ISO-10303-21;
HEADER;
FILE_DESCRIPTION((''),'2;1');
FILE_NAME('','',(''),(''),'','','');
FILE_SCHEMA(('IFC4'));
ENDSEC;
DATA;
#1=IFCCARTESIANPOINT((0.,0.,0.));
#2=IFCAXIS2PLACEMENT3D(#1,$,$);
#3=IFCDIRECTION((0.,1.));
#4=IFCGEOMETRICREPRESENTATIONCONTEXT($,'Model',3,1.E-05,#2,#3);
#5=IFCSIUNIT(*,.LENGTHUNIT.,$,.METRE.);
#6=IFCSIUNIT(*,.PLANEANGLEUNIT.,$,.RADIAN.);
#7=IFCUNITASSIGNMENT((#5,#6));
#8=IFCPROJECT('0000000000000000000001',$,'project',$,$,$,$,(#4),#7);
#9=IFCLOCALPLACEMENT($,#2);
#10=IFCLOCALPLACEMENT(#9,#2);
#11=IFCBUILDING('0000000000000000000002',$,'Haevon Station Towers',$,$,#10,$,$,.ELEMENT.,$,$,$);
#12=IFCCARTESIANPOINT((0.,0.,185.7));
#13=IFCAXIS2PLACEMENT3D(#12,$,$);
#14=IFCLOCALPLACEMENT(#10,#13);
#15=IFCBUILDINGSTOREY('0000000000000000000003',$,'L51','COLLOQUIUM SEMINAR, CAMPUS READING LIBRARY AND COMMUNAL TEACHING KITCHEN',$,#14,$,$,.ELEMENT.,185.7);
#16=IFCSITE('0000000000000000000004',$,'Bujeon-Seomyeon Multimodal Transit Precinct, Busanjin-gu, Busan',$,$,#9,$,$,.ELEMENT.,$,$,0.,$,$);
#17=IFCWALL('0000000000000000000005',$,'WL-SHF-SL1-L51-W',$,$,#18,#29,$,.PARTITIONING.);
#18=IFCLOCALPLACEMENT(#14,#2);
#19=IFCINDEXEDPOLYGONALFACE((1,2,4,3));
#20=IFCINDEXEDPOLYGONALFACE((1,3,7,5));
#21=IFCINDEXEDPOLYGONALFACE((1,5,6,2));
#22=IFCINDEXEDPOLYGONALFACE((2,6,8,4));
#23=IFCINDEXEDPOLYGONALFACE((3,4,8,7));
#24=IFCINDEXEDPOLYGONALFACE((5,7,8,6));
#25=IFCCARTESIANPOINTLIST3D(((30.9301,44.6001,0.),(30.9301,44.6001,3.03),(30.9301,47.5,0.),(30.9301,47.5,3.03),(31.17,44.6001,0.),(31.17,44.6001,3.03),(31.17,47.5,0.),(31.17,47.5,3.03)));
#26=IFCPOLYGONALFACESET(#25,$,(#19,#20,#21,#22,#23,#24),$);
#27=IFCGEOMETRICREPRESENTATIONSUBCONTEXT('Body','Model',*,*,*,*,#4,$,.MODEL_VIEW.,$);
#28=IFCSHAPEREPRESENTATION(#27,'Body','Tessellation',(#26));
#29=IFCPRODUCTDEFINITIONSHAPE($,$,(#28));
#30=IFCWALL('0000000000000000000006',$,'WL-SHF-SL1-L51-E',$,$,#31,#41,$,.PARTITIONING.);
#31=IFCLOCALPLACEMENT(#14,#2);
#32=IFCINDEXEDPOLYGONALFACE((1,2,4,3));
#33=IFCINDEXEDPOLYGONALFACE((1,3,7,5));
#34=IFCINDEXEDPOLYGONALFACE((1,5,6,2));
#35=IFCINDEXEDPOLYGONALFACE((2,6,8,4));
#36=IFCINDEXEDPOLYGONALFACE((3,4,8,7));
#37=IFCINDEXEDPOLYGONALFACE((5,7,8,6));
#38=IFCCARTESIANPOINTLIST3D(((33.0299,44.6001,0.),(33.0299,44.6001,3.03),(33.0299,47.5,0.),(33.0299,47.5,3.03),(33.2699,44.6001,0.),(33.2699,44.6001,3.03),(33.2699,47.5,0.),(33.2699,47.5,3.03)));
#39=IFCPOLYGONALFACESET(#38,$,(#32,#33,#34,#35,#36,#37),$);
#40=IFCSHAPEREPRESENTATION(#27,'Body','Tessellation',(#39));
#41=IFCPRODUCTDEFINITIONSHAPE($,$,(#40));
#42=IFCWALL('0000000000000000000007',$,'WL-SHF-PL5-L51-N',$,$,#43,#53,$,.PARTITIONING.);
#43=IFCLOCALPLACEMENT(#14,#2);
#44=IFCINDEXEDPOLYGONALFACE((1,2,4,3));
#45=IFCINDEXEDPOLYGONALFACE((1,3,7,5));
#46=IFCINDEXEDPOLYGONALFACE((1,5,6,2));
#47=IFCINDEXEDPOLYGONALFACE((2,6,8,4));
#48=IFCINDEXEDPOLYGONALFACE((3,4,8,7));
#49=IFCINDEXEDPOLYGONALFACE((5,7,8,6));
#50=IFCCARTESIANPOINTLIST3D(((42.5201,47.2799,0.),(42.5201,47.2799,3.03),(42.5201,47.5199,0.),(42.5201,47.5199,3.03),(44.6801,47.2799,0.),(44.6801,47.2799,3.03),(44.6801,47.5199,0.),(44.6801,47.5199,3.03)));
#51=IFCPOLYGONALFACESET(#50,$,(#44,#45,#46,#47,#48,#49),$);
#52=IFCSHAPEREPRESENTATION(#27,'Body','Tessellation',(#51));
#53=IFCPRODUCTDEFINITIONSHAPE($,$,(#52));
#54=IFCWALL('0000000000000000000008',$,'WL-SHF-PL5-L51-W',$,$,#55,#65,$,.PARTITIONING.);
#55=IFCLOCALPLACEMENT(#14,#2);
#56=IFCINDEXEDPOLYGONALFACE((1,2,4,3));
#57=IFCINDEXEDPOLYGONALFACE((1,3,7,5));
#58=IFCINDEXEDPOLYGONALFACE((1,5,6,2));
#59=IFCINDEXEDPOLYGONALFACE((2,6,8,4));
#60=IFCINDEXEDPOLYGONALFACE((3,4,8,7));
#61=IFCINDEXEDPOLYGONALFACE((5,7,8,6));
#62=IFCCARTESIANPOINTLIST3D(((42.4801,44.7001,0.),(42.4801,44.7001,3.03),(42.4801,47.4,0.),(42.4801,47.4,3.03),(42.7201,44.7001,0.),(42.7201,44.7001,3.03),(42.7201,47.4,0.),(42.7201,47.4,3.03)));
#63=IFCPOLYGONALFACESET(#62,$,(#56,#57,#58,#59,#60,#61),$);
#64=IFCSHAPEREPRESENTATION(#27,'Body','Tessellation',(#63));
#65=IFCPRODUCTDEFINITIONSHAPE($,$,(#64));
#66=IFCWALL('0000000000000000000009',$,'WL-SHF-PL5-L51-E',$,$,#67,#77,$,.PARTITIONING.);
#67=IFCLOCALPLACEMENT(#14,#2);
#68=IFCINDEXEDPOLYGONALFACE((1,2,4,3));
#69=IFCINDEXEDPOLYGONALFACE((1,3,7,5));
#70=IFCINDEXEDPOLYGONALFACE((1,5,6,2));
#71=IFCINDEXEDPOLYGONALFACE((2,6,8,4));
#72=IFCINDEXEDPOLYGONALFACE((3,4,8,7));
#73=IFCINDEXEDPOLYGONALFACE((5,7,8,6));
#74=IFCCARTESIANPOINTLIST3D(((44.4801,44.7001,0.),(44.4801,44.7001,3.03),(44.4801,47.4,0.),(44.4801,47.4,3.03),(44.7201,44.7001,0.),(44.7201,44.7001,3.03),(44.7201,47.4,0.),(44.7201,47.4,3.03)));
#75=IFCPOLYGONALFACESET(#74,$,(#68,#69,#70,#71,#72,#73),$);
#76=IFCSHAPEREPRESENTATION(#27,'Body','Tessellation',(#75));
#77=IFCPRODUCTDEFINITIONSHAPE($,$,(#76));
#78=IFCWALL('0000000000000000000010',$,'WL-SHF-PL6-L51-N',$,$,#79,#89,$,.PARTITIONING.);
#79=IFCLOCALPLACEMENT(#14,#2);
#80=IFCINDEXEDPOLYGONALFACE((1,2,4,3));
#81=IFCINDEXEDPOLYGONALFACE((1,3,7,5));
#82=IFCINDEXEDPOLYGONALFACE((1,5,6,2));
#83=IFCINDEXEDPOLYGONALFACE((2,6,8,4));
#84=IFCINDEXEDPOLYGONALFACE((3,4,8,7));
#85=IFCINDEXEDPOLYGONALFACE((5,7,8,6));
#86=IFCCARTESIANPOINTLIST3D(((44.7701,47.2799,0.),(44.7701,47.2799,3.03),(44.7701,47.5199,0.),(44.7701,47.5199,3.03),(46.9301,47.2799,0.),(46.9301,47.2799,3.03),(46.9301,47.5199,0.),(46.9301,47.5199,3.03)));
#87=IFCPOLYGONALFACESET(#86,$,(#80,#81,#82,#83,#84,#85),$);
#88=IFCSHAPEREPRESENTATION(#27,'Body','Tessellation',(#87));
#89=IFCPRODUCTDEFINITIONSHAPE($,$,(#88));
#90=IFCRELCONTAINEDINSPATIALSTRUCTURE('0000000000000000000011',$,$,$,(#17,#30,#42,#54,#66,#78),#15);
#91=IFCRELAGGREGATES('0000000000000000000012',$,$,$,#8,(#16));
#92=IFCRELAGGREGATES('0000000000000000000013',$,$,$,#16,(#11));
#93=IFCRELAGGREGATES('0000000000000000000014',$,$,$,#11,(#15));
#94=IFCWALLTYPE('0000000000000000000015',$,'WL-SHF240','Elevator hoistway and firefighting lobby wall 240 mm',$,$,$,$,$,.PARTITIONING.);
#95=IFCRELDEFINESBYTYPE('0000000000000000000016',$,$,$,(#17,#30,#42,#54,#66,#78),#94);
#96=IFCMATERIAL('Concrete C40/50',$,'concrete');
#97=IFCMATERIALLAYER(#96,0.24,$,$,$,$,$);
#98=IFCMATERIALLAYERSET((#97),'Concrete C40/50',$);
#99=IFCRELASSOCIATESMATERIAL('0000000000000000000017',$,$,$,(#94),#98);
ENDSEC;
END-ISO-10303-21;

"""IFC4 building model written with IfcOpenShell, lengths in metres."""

from ifc_helpers import new_model, si_unit, direction, frame, frame_2d, origin, place, context, subcontext, project, spatial, rectangle, extrude, material, layer, layer_set, type_object, element, save


model = new_model("IFC4")

# Units and contexts
model_context = context("Model", 3, precision=1e-05, world=origin(), true_north=direction((0.0, 1.0)))
body_context = subcontext(model_context, "Body", "Model", "MODEL_VIEW")
ifc_project = project(units=[si_unit("LENGTHUNIT", "METRE"), si_unit("PLANEANGLEUNIT", "RADIAN")], contexts=[model_context])

# Site, building, storey
site_placement = place(None, origin())
site = spatial("IfcSite", under=ifc_project, at=site_placement, Name="Bujeon-Seomyeon Multimodal Transit Precinct, Busanjin-gu, Busan", CompositionType="ELEMENT", RefElevation=0.0)
building_placement = place(site_placement, origin())
building = spatial("IfcBuilding", under=site, at=building_placement, Name="Haevon Station Towers", CompositionType="ELEMENT")
storey_placement = place(building_placement, frame((0.0, 0.0, 185.7)))
storey = spatial("IfcBuildingStorey", under=building, at=storey_placement, Name="L51", Description="COLLOQUIUM SEMINAR, CAMPUS READING LIBRARY AND COMMUNAL TEACHING KITCHEN", CompositionType="ELEMENT", Elevation=185.7)

# Shared definitions
ifc_material_1 = material(Name="Concrete C40/50", Category="concrete")
ifc_layer_1 = layer(ifc_material_1, 0.24)
ifc_layer_set_1 = layer_set([ifc_layer_1], Name="Concrete C40/50")
wall_type_1 = type_object("IfcWallType", Name="WL-SHF240", Description="Elevator hoistway and firefighting lobby wall 240 mm", PredefinedType="PARTITIONING", material=ifc_layer_set_1)

# Walls
for number, where, z_axis, x_axis, name in (
    (1, (31.05, 44.6001, 0.0), (0.0, 0.0, 1.0), (0.0, 1.0, 0.0), "WL-SHF-SL1-L51-W"),
    (2, (33.1499, 44.6001, 0.0), (0.0, 0.0, 1.0), (0.0, 1.0, 0.0), "WL-SHF-SL1-L51-E"),
):
    element("IfcWall", number, at=place(storey_placement, frame(where, z_axis=z_axis, x_axis=x_axis)), inside=storey, type_object=wall_type_1, Name=name, PredefinedType="PARTITIONING", context=body_context, shape_type="SweptSolid", body=[
        extrude(rectangle(XDim=2.8999, YDim=0.24, at=frame_2d((1.45, 0.0))), origin(), (0.0, 0.0, 1.0), 3.03),
    ])

# Walls
wall_1_placement = place(storey_placement, frame((42.52, 47.3999, 0.0), z_axis=(0.0, 0.0, 1.0), x_axis=(1.0, 0.0, 0.0)))
element("IfcWall", 3, at=wall_1_placement, inside=storey, type_object=wall_type_1, Name="WL-SHF-PL5-L51-N", PredefinedType="PARTITIONING", context=body_context, shape_type="SweptSolid", body=[
    extrude(rectangle(XDim=2.1599, YDim=0.24, at=frame_2d((1.0801, 0.0))), origin(), (0.0, 0.0, 1.0), 3.03),
])
for number, where, z_axis, x_axis, name in (
    (4, (42.6001, 44.7, 0.0), (0.0, 0.0, 1.0), (0.0, 1.0, 0.0), "WL-SHF-PL5-L51-W"),
    (5, (44.6001, 44.7, 0.0), (0.0, 0.0, 1.0), (0.0, 1.0, 0.0), "WL-SHF-PL5-L51-E"),
):
    element("IfcWall", number, at=place(storey_placement, frame(where, z_axis=z_axis, x_axis=x_axis)), inside=storey, type_object=wall_type_1, Name=name, PredefinedType="PARTITIONING", context=body_context, shape_type="SweptSolid", body=[
        extrude(rectangle(XDim=2.7, YDim=0.24, at=frame_2d((1.3501, 0.0))), origin(), (0.0, 0.0, 1.0), 3.03),
    ])

# Wall
wall_2_placement = place(storey_placement, frame((44.77, 47.3999, 0.0), z_axis=(0.0, 0.0, 1.0), x_axis=(1.0, 0.0, 0.0)))
element("IfcWall", 6, at=wall_2_placement, inside=storey, type_object=wall_type_1, Name="WL-SHF-PL6-L51-N", PredefinedType="PARTITIONING", context=body_context, shape_type="SweptSolid", body=[
    extrude(rectangle(XDim=2.1599, YDim=0.24, at=frame_2d((1.0801, 0.0))), origin(), (0.0, 0.0, 1.0), 3.03),
])

save(model, "model.ifc")
